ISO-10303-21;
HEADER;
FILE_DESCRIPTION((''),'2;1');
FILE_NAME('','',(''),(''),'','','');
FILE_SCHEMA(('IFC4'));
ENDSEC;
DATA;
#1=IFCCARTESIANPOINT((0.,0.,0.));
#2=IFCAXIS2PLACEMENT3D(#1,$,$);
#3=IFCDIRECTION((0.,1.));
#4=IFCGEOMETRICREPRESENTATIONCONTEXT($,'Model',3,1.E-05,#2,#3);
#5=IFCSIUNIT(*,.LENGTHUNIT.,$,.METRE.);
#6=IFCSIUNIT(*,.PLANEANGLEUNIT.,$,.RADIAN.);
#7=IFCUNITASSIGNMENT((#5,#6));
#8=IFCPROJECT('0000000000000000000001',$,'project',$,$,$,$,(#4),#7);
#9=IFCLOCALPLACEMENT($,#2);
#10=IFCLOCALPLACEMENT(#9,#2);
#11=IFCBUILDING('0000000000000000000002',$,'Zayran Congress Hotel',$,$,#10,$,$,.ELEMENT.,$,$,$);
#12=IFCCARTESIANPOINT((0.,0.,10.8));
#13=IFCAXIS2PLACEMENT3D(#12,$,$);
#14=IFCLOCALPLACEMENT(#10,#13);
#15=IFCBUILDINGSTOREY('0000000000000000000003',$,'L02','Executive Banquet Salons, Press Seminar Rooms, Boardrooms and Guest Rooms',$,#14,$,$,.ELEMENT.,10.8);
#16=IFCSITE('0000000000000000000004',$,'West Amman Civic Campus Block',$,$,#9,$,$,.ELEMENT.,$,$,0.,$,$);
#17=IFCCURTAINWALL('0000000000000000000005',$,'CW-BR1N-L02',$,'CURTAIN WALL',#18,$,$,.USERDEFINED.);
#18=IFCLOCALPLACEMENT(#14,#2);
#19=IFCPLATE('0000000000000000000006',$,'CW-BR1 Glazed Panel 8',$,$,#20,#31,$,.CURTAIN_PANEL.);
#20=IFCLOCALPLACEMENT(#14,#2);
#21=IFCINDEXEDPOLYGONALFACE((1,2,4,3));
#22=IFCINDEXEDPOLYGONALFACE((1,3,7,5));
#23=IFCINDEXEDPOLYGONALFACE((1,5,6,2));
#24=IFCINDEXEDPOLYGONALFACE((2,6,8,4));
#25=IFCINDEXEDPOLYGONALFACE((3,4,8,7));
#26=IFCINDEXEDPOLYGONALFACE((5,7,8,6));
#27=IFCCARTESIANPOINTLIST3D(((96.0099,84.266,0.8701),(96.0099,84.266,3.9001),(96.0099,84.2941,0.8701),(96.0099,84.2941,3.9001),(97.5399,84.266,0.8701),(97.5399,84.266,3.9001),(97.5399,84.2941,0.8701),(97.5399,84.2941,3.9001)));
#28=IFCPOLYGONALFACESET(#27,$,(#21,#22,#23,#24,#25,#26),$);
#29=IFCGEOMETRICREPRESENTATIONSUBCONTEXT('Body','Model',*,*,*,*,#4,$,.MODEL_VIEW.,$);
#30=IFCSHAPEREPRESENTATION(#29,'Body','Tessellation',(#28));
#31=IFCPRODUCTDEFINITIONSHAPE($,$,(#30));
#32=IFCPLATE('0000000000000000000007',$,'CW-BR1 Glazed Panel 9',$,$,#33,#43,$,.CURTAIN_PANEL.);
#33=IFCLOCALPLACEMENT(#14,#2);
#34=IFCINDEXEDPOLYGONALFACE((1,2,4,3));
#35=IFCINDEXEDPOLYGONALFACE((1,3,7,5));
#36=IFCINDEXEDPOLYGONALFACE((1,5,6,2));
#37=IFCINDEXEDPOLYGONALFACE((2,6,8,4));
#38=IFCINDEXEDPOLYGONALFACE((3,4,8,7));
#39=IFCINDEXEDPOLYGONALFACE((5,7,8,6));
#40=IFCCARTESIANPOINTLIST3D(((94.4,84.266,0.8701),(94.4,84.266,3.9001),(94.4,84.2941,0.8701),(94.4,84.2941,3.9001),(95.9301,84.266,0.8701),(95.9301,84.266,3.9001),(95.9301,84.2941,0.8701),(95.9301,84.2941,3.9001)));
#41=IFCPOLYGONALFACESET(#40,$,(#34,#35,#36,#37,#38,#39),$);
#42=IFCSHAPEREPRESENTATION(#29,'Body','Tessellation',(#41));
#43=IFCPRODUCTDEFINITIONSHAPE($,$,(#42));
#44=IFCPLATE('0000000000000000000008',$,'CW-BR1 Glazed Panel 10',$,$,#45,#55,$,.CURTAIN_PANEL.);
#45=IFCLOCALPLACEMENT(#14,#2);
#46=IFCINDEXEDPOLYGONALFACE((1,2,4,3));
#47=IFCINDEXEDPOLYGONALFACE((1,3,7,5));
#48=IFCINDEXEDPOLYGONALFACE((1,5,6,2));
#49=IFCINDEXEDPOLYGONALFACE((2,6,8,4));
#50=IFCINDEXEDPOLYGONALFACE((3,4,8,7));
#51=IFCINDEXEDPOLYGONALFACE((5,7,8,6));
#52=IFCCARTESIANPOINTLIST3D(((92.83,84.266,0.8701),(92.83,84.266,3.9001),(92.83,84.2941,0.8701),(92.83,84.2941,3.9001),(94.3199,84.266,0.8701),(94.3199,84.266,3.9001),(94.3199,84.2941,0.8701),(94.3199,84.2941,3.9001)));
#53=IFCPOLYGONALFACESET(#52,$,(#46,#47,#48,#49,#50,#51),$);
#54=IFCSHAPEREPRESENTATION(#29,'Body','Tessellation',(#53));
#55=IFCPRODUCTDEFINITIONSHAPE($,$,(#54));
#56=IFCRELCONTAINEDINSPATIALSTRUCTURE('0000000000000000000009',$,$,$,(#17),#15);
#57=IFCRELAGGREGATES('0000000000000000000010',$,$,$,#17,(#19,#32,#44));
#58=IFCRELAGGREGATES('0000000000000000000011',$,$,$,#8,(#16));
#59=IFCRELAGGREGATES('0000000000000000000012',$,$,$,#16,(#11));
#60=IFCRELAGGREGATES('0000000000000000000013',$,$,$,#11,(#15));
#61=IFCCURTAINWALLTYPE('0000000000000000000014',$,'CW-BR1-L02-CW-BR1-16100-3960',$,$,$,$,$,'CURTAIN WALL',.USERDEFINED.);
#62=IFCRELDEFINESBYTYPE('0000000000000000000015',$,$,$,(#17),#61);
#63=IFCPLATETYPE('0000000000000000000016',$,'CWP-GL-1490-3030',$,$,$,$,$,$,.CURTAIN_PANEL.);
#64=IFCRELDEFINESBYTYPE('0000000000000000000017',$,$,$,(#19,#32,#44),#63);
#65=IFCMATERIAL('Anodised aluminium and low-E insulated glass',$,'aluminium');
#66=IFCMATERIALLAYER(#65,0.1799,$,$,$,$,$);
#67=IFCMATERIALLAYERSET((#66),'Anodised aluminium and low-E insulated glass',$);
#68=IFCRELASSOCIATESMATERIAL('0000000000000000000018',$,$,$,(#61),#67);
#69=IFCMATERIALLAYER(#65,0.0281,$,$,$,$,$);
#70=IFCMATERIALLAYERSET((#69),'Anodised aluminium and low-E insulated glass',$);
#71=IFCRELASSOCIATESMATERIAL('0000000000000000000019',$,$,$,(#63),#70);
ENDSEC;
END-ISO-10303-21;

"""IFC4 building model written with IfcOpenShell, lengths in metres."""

from ifc_helpers import new_model, si_unit, direction, frame, origin, origin_2d, place, context, subcontext, project, spatial, rectangle, extrude, material, layer, layer_set, type_object, element, aggregate, save


model = new_model("IFC4")

# Units and contexts
model_context = context("Model", 3, precision=1e-05, world=origin(), true_north=direction((0.0, 1.0)))
body_context = subcontext(model_context, "Body", "Model", "MODEL_VIEW")
ifc_project = project(units=[si_unit("LENGTHUNIT", "METRE"), si_unit("PLANEANGLEUNIT", "RADIAN")], contexts=[model_context])

# Site, building, storey
site_placement = place(None, origin())
site = spatial("IfcSite", under=ifc_project, at=site_placement, Name="West Amman Civic Campus Block", CompositionType="ELEMENT", RefElevation=0.0)
building_placement = place(site_placement, origin())
building = spatial("IfcBuilding", under=site, at=building_placement, Name="Zayran Congress Hotel", CompositionType="ELEMENT")
storey_placement = place(building_placement, frame((0.0, 0.0, 10.8)))
storey = spatial("IfcBuildingStorey", under=building, at=storey_placement, Name="L02", Description="Executive Banquet Salons, Press Seminar Rooms, Boardrooms and Guest Rooms", CompositionType="ELEMENT", Elevation=10.8)

# Curtain wall, plates
ifc_material_1 = material(Name="Anodised aluminium and low-E insulated glass", Category="aluminium")
ifc_layer_1 = layer(ifc_material_1, 0.1799)
ifc_layer_set_1 = layer_set([ifc_layer_1], Name="Anodised aluminium and low-E insulated glass")
curtain_wall_type = type_object("IfcCurtainWallType", Name="CW-BR1-L02-CW-BR1-16100-3960", ElementType="CURTAIN WALL", PredefinedType="USERDEFINED", material=ifc_layer_set_1)
curtain_wall_placement = place(storey_placement, origin())
curtain_wall = element("IfcCurtainWall", 1, at=curtain_wall_placement, inside=storey, type_object=curtain_wall_type, Name="CW-BR1N-L02", ObjectType="CURTAIN WALL", PredefinedType="USERDEFINED")
ifc_layer_2 = layer(ifc_material_1, 0.0281)
ifc_layer_set_2 = layer_set([ifc_layer_2], Name="Anodised aluminium and low-E insulated glass")
plate_type_1 = type_object("IfcPlateType", Name="CWP-GL-1490-3030", PredefinedType="CURTAIN_PANEL", material=ifc_layer_set_2)
plate_1_placement = place(storey_placement, frame((96.7749, 84.28, 0.8701), z_axis=(0.0, 0.0, 1.0), x_axis=(1.0, 0.0, 0.0)))
plate_1 = element("IfcPlate", 2, at=plate_1_placement, type_object=plate_type_1, Name="CW-BR1 Glazed Panel 8", PredefinedType="CURTAIN_PANEL", context=body_context, shape_type="SweptSolid", body=[
    extrude(rectangle(XDim=1.53, YDim=0.0281, at=origin_2d()), origin(), (0.0, 0.0, 1.0), 3.03),
])
plate_2_placement = place(storey_placement, frame((95.165, 84.28, 0.8701), z_axis=(0.0, 0.0, 1.0), x_axis=(1.0, 0.0, 0.0)))
plate_2 = element("IfcPlate", 3, at=plate_2_placement, type_object=plate_type_1, Name="CW-BR1 Glazed Panel 9", PredefinedType="CURTAIN_PANEL", context=body_context, shape_type="SweptSolid", body=[
    extrude(rectangle(XDim=1.53, YDim=0.0281, at=origin_2d()), origin(), (0.0, 0.0, 1.0), 3.03),
])
plate_3_placement = place(storey_placement, frame((93.575, 84.28, 0.8701), z_axis=(0.0, 0.0, 1.0), x_axis=(1.0, 0.0, 0.0)))
plate_3 = element("IfcPlate", 4, at=plate_3_placement, type_object=plate_type_1, Name="CW-BR1 Glazed Panel 10", PredefinedType="CURTAIN_PANEL", context=body_context, shape_type="SweptSolid", body=[
    extrude(rectangle(XDim=1.49, YDim=0.0281, at=origin_2d()), origin(), (0.0, 0.0, 1.0), 3.03),
])
aggregate(curtain_wall, [plate_1, plate_2, plate_3])

save(model, "model.ifc")
